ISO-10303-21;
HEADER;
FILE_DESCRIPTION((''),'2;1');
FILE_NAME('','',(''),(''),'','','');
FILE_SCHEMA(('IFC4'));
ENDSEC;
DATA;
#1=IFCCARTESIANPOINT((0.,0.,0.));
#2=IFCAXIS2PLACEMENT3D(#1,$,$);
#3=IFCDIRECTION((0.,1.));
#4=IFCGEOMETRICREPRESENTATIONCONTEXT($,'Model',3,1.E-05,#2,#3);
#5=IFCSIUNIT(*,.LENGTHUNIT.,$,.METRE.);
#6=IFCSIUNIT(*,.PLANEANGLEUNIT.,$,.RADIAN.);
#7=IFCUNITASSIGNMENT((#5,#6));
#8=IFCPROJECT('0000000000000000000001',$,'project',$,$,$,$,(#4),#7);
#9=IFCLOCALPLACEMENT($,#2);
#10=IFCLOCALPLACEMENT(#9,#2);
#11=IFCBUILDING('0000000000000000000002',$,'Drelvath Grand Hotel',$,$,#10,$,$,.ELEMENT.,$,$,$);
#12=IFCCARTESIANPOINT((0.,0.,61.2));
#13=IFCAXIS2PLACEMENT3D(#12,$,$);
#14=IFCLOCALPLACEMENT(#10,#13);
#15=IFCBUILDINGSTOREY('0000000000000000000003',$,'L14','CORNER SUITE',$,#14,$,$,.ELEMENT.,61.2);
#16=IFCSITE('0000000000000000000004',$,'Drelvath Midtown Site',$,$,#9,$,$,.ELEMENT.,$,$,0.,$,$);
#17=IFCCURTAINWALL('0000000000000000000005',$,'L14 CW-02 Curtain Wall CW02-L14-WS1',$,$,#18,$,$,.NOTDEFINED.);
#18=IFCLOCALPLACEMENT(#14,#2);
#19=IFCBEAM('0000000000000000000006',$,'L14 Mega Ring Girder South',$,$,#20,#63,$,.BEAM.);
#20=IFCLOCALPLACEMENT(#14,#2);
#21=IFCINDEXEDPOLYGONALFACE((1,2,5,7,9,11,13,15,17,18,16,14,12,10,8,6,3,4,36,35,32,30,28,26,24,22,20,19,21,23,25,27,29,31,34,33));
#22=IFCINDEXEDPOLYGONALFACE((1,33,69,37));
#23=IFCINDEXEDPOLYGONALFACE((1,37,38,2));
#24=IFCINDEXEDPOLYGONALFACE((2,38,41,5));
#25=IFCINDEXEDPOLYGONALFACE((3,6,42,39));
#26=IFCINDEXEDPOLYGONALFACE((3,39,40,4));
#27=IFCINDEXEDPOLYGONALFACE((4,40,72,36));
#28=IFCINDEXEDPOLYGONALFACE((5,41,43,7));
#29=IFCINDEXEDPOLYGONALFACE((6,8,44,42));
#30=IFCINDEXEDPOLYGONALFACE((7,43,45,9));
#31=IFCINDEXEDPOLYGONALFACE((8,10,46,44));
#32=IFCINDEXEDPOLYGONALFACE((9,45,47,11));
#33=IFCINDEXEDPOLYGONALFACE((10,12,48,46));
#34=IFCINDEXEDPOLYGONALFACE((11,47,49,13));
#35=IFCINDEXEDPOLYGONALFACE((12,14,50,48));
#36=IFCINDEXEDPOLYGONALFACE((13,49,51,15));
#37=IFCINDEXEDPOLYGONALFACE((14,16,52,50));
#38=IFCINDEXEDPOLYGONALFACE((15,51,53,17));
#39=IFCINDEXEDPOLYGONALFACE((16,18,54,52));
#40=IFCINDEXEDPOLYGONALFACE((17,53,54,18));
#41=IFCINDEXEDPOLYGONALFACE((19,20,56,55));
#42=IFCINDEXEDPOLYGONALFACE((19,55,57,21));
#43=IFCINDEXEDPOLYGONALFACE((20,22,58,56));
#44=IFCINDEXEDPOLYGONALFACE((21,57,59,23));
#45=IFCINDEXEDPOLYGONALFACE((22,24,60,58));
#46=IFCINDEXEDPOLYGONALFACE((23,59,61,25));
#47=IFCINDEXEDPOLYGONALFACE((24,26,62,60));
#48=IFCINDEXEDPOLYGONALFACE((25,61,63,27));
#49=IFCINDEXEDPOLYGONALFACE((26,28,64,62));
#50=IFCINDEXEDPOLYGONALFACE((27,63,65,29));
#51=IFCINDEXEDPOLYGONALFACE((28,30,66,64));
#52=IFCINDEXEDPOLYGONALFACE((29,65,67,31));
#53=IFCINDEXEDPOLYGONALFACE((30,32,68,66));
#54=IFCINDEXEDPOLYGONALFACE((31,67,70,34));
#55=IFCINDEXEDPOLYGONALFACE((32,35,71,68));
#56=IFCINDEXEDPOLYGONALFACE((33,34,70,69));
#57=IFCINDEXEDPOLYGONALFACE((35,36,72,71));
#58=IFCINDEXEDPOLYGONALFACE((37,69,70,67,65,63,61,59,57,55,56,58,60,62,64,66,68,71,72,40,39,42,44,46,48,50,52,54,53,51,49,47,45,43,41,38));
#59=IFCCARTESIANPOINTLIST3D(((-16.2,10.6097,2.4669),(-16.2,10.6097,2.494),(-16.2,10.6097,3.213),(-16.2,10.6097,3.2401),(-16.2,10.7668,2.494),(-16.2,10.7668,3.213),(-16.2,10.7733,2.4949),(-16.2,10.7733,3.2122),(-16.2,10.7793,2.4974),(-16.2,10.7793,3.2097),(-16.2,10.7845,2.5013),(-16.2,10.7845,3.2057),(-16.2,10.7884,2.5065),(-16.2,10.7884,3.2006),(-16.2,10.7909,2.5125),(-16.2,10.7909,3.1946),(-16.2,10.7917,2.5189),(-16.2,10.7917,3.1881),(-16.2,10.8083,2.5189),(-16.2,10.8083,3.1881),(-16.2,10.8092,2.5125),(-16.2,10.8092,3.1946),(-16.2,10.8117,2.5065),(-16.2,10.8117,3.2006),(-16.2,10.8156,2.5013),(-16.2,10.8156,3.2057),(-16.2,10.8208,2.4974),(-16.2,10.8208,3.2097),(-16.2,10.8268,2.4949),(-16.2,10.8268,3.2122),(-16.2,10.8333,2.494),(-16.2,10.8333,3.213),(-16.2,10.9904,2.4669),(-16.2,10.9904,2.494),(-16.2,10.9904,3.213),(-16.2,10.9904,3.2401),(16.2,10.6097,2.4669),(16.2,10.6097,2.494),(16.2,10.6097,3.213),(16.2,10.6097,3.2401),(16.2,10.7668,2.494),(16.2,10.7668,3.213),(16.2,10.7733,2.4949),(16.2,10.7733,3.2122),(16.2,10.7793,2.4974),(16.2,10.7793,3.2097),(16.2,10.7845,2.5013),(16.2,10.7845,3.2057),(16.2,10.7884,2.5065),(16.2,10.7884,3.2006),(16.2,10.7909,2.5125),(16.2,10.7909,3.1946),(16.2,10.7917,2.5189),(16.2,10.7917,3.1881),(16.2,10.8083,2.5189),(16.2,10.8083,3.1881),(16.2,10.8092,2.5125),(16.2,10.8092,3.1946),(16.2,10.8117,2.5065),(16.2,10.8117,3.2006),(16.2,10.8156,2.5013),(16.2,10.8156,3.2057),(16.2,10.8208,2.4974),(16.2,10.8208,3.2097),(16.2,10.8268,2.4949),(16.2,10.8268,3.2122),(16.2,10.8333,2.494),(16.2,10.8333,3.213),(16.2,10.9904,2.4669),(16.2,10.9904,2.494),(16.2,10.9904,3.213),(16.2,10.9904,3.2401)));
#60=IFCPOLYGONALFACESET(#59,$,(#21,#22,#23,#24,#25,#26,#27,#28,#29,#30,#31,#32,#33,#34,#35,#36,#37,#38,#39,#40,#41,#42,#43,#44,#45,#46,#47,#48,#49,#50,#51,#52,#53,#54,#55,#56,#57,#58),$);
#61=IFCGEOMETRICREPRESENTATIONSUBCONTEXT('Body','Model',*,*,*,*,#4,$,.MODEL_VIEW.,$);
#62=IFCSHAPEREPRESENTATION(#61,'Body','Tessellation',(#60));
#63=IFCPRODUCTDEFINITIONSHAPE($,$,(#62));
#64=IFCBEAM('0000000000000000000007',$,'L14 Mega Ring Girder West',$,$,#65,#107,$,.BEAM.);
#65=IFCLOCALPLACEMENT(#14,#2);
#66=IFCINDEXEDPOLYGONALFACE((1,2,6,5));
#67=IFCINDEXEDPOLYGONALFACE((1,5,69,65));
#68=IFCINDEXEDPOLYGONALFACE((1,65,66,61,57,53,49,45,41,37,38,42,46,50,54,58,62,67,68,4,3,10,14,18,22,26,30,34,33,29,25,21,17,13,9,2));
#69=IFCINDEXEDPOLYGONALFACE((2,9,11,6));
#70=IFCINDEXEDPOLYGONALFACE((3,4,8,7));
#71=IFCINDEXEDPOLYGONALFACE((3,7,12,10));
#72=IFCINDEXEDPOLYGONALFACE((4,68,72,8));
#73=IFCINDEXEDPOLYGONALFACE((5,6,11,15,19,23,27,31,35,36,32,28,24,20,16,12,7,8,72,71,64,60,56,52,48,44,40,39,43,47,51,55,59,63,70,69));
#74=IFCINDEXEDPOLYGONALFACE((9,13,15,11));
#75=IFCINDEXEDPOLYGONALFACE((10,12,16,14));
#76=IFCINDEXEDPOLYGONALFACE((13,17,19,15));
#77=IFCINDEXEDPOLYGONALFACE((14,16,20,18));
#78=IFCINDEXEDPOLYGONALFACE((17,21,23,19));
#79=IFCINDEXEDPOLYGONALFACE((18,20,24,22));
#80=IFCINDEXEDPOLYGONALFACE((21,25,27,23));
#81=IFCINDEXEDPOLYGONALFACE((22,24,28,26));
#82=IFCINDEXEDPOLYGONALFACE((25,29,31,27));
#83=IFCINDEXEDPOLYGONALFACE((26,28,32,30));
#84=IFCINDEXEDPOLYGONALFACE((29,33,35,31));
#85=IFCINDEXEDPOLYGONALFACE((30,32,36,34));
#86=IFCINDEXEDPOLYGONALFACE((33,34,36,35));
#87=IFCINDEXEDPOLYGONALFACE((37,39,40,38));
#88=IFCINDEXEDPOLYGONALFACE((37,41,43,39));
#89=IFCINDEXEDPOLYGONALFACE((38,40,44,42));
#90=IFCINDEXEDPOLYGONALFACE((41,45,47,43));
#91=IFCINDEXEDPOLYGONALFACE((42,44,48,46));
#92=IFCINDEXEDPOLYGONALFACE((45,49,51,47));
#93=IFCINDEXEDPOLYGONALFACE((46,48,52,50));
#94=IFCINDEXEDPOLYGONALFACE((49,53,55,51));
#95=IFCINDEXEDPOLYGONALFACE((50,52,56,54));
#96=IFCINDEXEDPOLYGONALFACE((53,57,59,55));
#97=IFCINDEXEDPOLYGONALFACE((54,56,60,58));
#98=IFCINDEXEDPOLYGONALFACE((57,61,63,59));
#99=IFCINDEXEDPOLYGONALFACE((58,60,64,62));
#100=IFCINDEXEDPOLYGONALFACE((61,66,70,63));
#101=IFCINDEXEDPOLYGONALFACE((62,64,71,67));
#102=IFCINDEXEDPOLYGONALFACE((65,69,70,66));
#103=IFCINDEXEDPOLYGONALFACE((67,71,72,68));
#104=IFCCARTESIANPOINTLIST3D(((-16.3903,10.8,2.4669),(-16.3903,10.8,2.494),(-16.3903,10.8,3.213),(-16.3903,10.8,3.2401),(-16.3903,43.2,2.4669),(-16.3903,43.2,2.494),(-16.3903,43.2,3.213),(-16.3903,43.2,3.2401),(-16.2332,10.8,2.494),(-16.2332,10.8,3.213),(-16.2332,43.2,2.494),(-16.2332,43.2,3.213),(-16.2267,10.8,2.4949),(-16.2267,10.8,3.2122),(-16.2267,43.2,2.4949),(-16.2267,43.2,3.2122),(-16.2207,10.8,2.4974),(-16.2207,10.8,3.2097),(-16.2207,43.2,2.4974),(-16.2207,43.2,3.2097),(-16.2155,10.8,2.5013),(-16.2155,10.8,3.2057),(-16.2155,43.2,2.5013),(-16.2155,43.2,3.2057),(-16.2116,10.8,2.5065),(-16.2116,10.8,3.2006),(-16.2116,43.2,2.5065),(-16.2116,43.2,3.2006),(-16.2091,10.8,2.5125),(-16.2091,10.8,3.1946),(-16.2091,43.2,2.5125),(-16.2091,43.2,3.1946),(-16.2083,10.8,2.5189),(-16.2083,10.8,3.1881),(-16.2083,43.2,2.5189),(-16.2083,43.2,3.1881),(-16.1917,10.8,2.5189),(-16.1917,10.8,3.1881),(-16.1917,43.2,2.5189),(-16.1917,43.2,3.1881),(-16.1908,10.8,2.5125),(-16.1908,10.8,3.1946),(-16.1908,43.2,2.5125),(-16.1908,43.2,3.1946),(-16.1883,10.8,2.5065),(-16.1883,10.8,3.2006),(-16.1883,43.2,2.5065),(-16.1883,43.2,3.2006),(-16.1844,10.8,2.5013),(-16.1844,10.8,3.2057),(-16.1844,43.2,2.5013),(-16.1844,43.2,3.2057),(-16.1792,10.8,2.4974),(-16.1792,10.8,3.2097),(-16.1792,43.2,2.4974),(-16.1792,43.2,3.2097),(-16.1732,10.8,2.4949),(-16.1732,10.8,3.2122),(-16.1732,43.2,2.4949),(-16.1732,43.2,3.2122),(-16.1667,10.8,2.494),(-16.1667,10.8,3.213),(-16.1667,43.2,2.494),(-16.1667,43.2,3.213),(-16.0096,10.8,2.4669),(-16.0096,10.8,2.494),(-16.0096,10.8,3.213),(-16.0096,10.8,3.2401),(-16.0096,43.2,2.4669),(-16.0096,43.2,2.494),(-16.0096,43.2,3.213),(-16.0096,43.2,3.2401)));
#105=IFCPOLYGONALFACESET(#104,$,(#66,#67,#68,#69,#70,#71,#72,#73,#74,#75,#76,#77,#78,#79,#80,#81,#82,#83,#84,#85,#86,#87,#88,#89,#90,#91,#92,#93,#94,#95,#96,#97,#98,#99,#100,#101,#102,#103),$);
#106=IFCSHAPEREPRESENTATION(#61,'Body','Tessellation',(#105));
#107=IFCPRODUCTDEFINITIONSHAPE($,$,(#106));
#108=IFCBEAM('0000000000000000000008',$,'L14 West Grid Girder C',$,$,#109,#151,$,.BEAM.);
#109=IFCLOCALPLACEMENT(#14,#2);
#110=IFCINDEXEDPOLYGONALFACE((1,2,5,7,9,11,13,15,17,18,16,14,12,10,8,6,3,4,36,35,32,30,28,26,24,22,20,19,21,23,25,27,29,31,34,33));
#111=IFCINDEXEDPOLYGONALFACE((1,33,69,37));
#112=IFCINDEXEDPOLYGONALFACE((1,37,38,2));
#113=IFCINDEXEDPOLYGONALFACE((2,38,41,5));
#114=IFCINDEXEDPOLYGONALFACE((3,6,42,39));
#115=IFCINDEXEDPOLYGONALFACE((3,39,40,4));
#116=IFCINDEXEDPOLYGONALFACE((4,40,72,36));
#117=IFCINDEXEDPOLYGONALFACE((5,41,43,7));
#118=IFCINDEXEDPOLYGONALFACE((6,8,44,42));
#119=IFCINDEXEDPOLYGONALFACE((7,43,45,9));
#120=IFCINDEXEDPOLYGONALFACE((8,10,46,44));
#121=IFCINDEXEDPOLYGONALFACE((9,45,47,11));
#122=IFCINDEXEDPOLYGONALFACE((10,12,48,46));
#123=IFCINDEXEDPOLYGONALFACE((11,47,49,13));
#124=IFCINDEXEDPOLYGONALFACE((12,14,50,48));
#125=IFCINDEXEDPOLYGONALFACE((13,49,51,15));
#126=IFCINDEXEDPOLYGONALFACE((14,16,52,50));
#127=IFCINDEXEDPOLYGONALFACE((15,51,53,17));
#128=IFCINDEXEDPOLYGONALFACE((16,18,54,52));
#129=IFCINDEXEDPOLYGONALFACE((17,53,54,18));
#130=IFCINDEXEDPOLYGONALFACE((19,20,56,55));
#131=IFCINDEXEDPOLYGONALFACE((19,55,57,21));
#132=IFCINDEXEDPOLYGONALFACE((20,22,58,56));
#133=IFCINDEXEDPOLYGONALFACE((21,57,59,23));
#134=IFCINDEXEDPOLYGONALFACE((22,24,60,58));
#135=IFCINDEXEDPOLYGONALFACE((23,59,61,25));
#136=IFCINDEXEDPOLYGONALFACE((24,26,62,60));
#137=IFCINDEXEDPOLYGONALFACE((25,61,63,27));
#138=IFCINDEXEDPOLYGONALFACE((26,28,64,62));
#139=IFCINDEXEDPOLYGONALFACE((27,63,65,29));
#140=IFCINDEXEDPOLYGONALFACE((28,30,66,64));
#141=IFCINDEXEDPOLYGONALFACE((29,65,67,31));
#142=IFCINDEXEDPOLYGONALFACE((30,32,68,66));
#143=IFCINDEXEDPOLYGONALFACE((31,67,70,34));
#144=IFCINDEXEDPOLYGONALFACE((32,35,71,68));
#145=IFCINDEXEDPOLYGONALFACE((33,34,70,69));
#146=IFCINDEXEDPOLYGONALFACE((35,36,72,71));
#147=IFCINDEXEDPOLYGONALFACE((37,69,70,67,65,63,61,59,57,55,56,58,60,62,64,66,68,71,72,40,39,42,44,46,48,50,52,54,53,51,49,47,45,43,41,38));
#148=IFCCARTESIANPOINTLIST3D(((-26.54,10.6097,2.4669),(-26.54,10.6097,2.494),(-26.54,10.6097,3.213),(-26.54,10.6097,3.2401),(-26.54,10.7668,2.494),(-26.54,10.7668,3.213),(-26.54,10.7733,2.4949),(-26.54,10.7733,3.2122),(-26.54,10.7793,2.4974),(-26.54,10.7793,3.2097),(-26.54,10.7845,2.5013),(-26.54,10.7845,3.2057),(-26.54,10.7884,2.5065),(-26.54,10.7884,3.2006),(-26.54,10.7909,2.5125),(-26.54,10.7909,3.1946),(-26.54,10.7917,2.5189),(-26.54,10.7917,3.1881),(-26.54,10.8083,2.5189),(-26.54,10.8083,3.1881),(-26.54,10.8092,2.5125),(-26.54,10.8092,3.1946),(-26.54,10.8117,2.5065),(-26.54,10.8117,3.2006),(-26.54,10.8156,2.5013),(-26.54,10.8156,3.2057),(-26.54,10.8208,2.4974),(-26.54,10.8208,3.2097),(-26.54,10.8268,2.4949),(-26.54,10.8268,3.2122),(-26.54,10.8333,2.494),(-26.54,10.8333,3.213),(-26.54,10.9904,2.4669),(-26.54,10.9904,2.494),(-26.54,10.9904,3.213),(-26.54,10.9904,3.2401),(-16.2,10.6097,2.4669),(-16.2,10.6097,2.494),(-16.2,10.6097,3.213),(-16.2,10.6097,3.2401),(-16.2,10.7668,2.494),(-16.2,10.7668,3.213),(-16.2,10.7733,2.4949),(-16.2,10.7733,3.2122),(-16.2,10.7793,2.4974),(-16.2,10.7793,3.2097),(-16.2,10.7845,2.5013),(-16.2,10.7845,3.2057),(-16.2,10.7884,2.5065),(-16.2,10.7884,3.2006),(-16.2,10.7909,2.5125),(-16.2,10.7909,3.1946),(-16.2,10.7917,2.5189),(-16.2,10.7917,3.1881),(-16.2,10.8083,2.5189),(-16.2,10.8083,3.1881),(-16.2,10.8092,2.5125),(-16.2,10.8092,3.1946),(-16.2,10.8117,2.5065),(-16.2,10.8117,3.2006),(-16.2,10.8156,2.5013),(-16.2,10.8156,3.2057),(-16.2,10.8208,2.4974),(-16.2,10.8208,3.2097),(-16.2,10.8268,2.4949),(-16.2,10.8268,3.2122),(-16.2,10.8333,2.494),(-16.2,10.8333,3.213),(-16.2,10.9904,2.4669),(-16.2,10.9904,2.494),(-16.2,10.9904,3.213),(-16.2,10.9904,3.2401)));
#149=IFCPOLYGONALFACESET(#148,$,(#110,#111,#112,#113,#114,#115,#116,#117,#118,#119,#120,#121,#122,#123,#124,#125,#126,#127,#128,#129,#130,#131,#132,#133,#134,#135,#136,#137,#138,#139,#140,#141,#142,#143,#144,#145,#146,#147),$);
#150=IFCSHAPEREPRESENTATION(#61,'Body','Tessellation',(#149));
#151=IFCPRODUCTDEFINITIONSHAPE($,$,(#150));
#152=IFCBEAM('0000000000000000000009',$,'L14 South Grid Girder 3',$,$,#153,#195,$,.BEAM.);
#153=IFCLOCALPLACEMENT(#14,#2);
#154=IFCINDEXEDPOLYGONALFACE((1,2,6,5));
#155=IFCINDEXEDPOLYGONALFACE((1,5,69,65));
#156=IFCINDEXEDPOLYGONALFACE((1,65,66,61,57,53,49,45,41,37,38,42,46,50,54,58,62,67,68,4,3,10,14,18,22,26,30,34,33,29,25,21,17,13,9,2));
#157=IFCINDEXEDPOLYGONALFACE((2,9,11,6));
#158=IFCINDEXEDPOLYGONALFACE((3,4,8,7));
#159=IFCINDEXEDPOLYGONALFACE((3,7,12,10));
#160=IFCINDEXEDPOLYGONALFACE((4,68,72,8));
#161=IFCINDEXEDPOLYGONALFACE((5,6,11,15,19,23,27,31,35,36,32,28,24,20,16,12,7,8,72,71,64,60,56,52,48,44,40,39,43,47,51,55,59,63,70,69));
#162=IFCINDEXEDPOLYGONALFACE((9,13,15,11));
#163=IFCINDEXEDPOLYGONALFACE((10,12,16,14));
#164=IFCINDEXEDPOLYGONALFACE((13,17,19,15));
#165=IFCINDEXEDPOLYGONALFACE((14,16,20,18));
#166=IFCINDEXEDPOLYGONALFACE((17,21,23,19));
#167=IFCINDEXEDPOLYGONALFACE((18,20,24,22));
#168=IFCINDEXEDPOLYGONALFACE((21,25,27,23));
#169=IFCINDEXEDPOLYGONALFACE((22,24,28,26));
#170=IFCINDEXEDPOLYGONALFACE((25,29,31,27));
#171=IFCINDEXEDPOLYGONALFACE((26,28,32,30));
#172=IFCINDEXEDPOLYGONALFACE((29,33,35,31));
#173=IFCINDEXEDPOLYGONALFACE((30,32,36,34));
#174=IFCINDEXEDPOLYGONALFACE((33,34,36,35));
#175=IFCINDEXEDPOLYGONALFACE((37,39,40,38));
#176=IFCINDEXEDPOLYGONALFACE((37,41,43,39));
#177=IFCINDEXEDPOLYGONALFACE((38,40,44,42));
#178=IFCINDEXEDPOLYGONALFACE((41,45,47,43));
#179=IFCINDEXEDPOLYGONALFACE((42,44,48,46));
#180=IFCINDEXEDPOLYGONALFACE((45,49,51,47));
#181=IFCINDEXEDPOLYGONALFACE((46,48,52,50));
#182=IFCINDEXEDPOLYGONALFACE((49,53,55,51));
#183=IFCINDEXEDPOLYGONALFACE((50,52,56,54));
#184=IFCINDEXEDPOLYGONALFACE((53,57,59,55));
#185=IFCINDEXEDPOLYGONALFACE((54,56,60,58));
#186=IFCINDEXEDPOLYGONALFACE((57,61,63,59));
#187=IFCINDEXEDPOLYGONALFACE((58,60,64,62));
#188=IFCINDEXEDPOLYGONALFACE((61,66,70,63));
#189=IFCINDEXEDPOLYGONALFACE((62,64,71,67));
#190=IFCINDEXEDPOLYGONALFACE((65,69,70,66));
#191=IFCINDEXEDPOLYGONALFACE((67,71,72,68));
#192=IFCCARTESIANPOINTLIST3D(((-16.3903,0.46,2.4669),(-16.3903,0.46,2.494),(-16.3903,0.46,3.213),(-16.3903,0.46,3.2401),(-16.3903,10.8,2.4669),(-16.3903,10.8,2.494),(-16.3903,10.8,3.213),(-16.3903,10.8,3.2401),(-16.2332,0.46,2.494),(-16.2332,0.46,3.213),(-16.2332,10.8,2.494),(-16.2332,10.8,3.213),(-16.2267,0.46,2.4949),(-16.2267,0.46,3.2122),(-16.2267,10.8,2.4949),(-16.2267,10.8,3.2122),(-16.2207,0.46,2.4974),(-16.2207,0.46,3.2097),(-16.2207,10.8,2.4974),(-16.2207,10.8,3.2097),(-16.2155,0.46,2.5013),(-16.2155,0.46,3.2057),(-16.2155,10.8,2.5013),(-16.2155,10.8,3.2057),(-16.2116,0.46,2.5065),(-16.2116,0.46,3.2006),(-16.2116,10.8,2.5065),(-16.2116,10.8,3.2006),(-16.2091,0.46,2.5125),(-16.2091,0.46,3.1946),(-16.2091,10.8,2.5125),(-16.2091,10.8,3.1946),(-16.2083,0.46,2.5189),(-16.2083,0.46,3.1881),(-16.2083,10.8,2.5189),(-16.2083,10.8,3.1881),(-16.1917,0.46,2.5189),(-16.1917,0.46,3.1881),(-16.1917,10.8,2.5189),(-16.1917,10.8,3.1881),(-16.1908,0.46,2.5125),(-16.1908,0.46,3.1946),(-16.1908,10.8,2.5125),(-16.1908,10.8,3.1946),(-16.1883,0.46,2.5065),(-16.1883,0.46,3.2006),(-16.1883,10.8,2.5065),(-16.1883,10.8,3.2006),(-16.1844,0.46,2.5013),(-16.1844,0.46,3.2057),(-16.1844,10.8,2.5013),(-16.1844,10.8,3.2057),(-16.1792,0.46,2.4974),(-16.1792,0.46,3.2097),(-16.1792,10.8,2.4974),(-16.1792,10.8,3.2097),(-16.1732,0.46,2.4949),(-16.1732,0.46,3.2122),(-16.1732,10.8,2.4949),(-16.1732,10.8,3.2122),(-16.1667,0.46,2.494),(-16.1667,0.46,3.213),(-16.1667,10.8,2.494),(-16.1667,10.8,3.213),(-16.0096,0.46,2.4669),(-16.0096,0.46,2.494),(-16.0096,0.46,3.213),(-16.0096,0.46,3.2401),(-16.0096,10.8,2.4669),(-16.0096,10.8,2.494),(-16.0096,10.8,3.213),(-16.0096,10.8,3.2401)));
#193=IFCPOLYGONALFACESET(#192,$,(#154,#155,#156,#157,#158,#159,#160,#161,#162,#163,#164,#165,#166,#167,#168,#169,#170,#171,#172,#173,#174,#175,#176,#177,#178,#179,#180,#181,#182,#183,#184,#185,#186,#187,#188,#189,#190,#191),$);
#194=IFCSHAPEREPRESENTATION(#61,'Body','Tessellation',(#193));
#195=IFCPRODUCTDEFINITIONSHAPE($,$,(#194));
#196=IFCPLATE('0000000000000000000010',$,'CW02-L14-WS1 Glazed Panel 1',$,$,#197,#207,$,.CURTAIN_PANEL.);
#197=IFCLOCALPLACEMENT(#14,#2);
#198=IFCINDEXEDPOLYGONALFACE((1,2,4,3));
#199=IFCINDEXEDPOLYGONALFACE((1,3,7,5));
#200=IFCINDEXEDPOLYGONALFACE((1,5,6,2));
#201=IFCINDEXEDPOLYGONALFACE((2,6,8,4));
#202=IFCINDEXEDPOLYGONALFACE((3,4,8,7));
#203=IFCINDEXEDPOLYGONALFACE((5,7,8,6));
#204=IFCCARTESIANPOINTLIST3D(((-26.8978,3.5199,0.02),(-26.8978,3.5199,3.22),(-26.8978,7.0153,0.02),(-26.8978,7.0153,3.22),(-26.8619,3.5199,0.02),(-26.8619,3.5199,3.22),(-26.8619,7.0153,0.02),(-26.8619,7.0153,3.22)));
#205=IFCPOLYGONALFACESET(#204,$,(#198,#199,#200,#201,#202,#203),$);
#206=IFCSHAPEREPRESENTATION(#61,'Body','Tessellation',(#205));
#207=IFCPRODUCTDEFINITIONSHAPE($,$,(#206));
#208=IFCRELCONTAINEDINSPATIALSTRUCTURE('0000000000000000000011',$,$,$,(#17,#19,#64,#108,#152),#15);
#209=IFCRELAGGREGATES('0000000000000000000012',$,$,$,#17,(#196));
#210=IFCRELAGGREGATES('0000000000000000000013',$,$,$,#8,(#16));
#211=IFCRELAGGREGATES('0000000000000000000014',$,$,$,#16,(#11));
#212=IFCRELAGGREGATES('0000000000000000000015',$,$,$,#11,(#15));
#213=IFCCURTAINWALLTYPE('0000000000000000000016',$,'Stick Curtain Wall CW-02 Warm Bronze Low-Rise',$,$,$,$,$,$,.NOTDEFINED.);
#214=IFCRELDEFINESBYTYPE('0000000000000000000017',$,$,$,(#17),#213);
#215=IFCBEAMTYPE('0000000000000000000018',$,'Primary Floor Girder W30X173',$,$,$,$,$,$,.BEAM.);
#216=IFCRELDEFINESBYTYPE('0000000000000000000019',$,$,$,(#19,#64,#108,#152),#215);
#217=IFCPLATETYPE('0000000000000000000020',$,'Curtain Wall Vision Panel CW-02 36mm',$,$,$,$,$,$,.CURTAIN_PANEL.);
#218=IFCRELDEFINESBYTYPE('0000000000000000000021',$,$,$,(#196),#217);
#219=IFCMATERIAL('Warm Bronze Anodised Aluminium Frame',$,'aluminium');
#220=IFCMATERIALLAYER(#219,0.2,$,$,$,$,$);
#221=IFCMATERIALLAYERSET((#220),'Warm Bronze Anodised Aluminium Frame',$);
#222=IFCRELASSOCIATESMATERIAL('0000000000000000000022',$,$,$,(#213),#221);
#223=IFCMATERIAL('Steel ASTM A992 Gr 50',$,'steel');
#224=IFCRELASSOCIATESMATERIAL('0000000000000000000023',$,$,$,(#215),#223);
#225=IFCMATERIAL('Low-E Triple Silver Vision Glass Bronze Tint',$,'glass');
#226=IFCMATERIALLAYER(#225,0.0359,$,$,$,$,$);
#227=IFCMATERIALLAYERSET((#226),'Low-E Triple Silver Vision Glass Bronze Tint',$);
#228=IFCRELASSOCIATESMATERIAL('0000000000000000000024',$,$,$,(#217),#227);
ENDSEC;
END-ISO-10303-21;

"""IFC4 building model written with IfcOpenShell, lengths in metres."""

from ifc_helpers import new_model, si_unit, direction, frame, origin, origin_2d, place, context, subcontext, project, spatial, rectangle, i_section, extrude, material, layer, layer_set, material_profile, profile_set, type_object, element, aggregate, save


model = new_model("IFC4")

# Units and contexts
model_context = context("Model", 3, precision=1e-05, world=origin(), true_north=direction((0.0, 1.0)))
body_context = subcontext(model_context, "Body", "Model", "MODEL_VIEW")
ifc_project = project(units=[si_unit("LENGTHUNIT", "METRE"), si_unit("PLANEANGLEUNIT", "RADIAN")], contexts=[model_context])

# Site, building, storey
site_placement = place(None, origin())
site = spatial("IfcSite", under=ifc_project, at=site_placement, Name="Drelvath Midtown Site", CompositionType="ELEMENT", RefElevation=0.0)
building_placement = place(site_placement, origin())
building = spatial("IfcBuilding", under=site, at=building_placement, Name="Drelvath Grand Hotel", CompositionType="ELEMENT")
storey_placement = place(building_placement, frame((0.0, 0.0, 61.2)))
storey = spatial("IfcBuildingStorey", under=building, at=storey_placement, Name="L14", Description="CORNER SUITE", CompositionType="ELEMENT", Elevation=61.2)

# Curtain wall
ifc_material_1 = material(Name="Warm Bronze Anodised Aluminium Frame", Category="aluminium")
ifc_layer_1 = layer(ifc_material_1, 0.2)
ifc_layer_set_1 = layer_set([ifc_layer_1], Name="Warm Bronze Anodised Aluminium Frame")
curtain_wall_type = type_object("IfcCurtainWallType", Name="Stick Curtain Wall CW-02 Warm Bronze Low-Rise", PredefinedType="NOTDEFINED", material=ifc_layer_set_1)
curtain_wall_1_placement = place(storey_placement, origin())
curtain_wall_1 = element("IfcCurtainWall", 1, at=curtain_wall_1_placement, inside=storey, type_object=curtain_wall_type, Name="L14 CW-02 Curtain Wall CW02-L14-WS1", PredefinedType="NOTDEFINED")

# Beams
ifc_material_2 = material(Name="Steel ASTM A992 Gr 50", Category="steel")
ifc_material_profile_1 = material_profile(ifc_material_2, i_section(OverallWidth=0.3806, OverallDepth=0.7732, WebThickness=0.0166, FlangeThickness=0.0271, FilletRadius=0.0249, at=origin_2d()), Name="W30X173")
ifc_profile_set_1 = profile_set([ifc_material_profile_1], Name="Steel ASTM A992 Gr 50")
beam_type_1 = type_object("IfcBeamType", Name="Primary Floor Girder W30X173", PredefinedType="BEAM", material=ifc_profile_set_1)
for number, where, z_axis, x_axis, name in (
    (2, (-16.2, 10.8, 2.8535), (1.0, 0.0, 0.0), (0.0, 1.0, 0.0), "L14 Mega Ring Girder South"),
    (3, (-16.2, 10.8, 2.8535), (0.0, 1.0, 0.0), (-1.0, 0.0, 0.0), "L14 Mega Ring Girder West"),
):
    element("IfcBeam", number, at=place(storey_placement, frame(where, z_axis=z_axis, x_axis=x_axis)), inside=storey, type_object=beam_type_1, Name=name, PredefinedType="BEAM", context=body_context, shape_type="SweptSolid", body=[
        extrude(i_section(OverallWidth=0.3806, OverallDepth=0.7732, WebThickness=0.0166, FlangeThickness=0.0271, FilletRadius=0.0249, at=origin_2d()), origin(), (0.0, 0.0, 1.0), 32.3999),
    ])
for number, where, z_axis, x_axis, name in (
    (4, (-26.54, 10.8, 2.8535), (1.0, 0.0, 0.0), (0.0, 1.0, 0.0), "L14 West Grid Girder C"),
    (5, (-16.2, 0.46, 2.8535), (0.0, 1.0, 0.0), (-1.0, 0.0, 0.0), "L14 South Grid Girder 3"),
):
    element("IfcBeam", number, at=place(storey_placement, frame(where, z_axis=z_axis, x_axis=x_axis)), inside=storey, type_object=beam_type_1, Name=name, PredefinedType="BEAM", context=body_context, shape_type="SweptSolid", body=[
        extrude(i_section(OverallWidth=0.3806, OverallDepth=0.7732, WebThickness=0.0166, FlangeThickness=0.0271, FilletRadius=0.0249, at=origin_2d()), origin(), (0.0, 0.0, 1.0), 10.3401),
    ])

# Plate
ifc_material_3 = material(Name="Low-E Triple Silver Vision Glass Bronze Tint", Category="glass")
ifc_layer_2 = layer(ifc_material_3, 0.0359)
ifc_layer_set_2 = layer_set([ifc_layer_2], Name="Low-E Triple Silver Vision Glass Bronze Tint")
plate_type = type_object("IfcPlateType", Name="Curtain Wall Vision Panel CW-02 36mm", PredefinedType="CURTAIN_PANEL", material=ifc_layer_set_2)
plate_1_placement = place(storey_placement, frame((-26.8799, 5.2676, 0.02), z_axis=(0.0, 0.0, 1.0), x_axis=(0.0, 1.0, 0.0)))
plate_1 = element("IfcPlate", 6, at=plate_1_placement, type_object=plate_type, Name="CW02-L14-WS1 Glazed Panel 1", PredefinedType="CURTAIN_PANEL", context=body_context, shape_type="SweptSolid", body=[
    extrude(rectangle(XDim=3.4954, YDim=0.0359, at=origin_2d()), origin(), (0.0, 0.0, 1.0), 3.2),
])
aggregate(curtain_wall_1, [plate_1])

save(model, "model.ifc")
